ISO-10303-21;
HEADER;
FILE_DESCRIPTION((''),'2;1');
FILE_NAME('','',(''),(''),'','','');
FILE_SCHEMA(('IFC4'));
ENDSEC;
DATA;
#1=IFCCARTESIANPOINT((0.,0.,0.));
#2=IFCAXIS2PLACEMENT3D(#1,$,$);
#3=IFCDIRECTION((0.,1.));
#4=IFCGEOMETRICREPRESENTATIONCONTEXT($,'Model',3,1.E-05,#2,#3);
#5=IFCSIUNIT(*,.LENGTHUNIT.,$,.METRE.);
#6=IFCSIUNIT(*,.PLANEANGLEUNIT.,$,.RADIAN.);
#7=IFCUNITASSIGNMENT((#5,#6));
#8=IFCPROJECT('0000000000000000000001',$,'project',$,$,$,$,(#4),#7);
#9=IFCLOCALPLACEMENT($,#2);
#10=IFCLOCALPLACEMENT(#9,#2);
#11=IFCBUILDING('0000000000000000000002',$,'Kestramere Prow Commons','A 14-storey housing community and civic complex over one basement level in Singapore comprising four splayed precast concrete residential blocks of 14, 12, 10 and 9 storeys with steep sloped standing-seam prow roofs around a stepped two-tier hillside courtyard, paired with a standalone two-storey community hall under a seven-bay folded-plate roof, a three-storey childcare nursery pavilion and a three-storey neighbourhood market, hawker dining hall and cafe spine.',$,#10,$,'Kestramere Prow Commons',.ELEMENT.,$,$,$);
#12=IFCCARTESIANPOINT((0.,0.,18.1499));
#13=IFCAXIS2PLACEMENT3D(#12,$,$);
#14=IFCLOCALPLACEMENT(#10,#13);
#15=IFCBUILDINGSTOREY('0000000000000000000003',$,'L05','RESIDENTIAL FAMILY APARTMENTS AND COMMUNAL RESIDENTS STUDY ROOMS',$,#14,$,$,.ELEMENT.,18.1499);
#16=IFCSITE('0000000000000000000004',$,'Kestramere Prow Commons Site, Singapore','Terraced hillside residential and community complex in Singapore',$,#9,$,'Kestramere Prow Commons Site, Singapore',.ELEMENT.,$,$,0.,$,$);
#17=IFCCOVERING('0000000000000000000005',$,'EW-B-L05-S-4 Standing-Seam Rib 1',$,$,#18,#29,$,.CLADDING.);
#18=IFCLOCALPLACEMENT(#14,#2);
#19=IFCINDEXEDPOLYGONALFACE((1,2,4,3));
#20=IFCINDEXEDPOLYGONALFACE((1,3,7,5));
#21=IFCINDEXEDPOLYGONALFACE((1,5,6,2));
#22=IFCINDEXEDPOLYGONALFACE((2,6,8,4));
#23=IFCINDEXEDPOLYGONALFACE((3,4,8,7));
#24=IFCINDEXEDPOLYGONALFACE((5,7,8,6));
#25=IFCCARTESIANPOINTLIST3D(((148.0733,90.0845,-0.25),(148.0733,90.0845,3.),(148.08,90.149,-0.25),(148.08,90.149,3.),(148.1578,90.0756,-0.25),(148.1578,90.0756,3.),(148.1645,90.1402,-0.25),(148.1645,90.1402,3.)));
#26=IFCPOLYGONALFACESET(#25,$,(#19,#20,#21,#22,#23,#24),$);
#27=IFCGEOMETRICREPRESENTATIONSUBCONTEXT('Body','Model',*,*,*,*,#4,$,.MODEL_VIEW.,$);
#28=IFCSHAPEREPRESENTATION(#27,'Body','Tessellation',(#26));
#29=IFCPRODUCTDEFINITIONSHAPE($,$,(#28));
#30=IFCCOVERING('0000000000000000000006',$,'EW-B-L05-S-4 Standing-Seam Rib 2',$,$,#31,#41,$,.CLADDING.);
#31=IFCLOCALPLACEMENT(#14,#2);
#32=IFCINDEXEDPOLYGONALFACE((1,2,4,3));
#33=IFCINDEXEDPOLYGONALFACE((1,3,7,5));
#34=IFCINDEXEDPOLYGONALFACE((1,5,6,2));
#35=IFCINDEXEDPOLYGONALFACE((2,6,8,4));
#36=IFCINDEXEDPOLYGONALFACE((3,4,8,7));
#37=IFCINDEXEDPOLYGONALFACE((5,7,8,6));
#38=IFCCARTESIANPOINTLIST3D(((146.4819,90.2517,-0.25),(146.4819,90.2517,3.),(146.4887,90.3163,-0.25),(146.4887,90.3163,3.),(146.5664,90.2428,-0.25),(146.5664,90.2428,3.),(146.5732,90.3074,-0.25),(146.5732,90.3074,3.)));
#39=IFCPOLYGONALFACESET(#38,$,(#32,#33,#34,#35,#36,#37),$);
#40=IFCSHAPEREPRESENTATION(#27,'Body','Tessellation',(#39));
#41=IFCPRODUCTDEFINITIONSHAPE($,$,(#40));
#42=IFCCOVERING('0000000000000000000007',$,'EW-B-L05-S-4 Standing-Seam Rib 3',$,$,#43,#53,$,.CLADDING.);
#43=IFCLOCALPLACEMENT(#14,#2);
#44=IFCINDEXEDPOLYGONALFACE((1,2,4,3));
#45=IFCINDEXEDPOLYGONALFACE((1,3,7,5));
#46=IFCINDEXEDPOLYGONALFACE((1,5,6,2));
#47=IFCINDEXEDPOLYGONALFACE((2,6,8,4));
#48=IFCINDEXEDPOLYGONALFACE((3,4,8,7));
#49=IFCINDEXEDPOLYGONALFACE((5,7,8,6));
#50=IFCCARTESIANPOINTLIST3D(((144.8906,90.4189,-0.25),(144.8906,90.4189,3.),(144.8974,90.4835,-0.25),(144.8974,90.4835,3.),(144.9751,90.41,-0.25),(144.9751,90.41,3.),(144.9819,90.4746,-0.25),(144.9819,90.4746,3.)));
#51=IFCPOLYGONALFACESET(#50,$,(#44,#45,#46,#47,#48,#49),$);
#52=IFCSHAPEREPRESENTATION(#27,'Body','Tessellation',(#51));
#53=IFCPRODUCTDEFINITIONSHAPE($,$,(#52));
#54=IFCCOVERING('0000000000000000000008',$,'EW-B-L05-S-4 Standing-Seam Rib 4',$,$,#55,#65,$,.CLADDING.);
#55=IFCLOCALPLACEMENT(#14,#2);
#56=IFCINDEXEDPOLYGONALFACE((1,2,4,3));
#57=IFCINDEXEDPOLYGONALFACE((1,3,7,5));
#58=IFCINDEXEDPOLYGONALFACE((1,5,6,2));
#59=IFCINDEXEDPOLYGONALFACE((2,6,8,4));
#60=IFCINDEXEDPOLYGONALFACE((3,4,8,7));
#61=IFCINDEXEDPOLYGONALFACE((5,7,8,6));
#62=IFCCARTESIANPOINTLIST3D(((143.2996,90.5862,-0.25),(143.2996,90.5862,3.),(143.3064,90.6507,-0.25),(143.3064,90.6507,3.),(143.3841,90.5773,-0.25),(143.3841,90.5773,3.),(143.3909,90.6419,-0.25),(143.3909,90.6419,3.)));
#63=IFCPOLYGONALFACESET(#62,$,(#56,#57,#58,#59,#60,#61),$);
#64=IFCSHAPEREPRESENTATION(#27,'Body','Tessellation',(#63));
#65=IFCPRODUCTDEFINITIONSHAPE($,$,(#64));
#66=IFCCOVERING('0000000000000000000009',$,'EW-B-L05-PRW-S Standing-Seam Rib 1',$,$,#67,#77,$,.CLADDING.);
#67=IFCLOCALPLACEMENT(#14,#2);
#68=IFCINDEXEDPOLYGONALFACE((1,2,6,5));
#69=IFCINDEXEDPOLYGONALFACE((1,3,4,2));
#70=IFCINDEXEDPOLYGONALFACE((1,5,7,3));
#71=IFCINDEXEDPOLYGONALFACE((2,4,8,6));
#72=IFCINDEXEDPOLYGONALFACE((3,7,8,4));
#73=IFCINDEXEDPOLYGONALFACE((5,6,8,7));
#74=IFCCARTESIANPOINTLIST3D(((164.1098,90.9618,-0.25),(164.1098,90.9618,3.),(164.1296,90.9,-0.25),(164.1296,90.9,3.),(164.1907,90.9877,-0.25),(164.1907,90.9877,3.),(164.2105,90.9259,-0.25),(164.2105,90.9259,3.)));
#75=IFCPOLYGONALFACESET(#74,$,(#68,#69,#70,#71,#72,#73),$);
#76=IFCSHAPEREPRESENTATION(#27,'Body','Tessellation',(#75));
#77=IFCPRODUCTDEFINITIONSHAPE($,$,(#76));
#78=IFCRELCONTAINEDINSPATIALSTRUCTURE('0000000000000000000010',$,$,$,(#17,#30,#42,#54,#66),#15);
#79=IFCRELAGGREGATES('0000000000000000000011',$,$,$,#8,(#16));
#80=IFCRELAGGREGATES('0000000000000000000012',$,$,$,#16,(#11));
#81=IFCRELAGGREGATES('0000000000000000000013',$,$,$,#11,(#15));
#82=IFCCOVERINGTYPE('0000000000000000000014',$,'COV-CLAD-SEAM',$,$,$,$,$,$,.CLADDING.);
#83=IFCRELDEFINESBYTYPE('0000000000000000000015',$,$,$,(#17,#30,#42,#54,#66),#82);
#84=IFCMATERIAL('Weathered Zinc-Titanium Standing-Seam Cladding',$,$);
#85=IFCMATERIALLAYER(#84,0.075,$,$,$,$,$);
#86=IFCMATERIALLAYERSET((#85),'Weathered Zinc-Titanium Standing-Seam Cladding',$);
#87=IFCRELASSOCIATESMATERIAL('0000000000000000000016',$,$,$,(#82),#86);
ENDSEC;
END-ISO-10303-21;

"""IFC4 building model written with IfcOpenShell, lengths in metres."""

from ifc_helpers import new_model, si_unit, direction, frame, origin, origin_2d, place, context, subcontext, project, spatial, rectangle, extrude, material, layer, layer_set, type_object, element, save


model = new_model("IFC4")

# Units and contexts
model_context = context("Model", 3, precision=1e-05, world=origin(), true_north=direction((0.0, 1.0)))
body_context = subcontext(model_context, "Body", "Model", "MODEL_VIEW")
ifc_project = project(units=[si_unit("LENGTHUNIT", "METRE"), si_unit("PLANEANGLEUNIT", "RADIAN")], contexts=[model_context])

# Site, building, storey
site_placement = place(None, origin())
site = spatial("IfcSite", under=ifc_project, at=site_placement, Name="Kestramere Prow Commons Site, Singapore", Description="Terraced hillside residential and community complex in Singapore", LongName="Kestramere Prow Commons Site, Singapore", CompositionType="ELEMENT", RefElevation=0.0)
building_placement = place(site_placement, origin())
building = spatial("IfcBuilding", under=site, at=building_placement, Name="Kestramere Prow Commons", Description="A 14-storey housing community and civic complex over one basement level in Singapore comprising four splayed precast concrete residential blocks of 14, 12, 10 and 9 storeys with steep sloped standing-seam prow roofs around a stepped two-tier hillside courtyard, paired with a standalone two-storey community hall under a seven-bay folded-plate roof, a three-storey childcare nursery pavilion and a three-storey neighbourhood market, hawker dining hall and cafe spine.", LongName="Kestramere Prow Commons", CompositionType="ELEMENT")
storey_placement = place(building_placement, frame((0.0, 0.0, 18.1499)))
storey = spatial("IfcBuildingStorey", under=building, at=storey_placement, Name="L05", Description="RESIDENTIAL FAMILY APARTMENTS AND COMMUNAL RESIDENTS STUDY ROOMS", CompositionType="ELEMENT", Elevation=18.1499)

# Shared definitions
ifc_material_1 = material(Name="Weathered Zinc-Titanium Standing-Seam Cladding")

# Coverings
ifc_layer_1 = layer(ifc_material_1, 0.075)
ifc_layer_set_1 = layer_set([ifc_layer_1], Name="Weathered Zinc-Titanium Standing-Seam Cladding")
covering_type = type_object("IfcCoveringType", Name="COV-CLAD-SEAM", PredefinedType="CLADDING", material=ifc_layer_set_1)
for number, where, z_axis, x_axis, name in (
    (1, (148.1189, 90.1123, -0.25), (0.0, 0.0, 1.0), (-0.994522, 0.104528, 0.0), "EW-B-L05-S-4 Standing-Seam Rib 1"),
    (2, (146.5276, 90.2795, -0.25), (0.0, 0.0, 1.0), (-0.994522, 0.104528, 0.0), "EW-B-L05-S-4 Standing-Seam Rib 2"),
    (3, (144.9363, 90.4468, -0.25), (0.0, 0.0, 1.0), (-0.994522, 0.104528, 0.0), "EW-B-L05-S-4 Standing-Seam Rib 3"),
    (4, (143.3452, 90.614, -0.25), (0.0, 0.0, 1.0), (-0.994522, 0.104528, 0.0), "EW-B-L05-S-4 Standing-Seam Rib 4"),
    (5, (164.1602, 90.9438, -0.25), (0.0, 0.0, 1.0), (-0.952283, -0.305215, 0.0), "EW-B-L05-PRW-S Standing-Seam Rib 1"),
):
    element("IfcCovering", number, at=place(storey_placement, frame(where, z_axis=z_axis, x_axis=x_axis)), inside=storey, type_object=covering_type, Name=name, PredefinedType="CLADDING", context=body_context, shape_type="SweptSolid", body=[
        extrude(rectangle(XDim=0.085, YDim=0.0649, at=origin_2d()), origin(), (0.0, 0.0, 1.0), 3.25),
    ])

save(model, "model.ifc")
